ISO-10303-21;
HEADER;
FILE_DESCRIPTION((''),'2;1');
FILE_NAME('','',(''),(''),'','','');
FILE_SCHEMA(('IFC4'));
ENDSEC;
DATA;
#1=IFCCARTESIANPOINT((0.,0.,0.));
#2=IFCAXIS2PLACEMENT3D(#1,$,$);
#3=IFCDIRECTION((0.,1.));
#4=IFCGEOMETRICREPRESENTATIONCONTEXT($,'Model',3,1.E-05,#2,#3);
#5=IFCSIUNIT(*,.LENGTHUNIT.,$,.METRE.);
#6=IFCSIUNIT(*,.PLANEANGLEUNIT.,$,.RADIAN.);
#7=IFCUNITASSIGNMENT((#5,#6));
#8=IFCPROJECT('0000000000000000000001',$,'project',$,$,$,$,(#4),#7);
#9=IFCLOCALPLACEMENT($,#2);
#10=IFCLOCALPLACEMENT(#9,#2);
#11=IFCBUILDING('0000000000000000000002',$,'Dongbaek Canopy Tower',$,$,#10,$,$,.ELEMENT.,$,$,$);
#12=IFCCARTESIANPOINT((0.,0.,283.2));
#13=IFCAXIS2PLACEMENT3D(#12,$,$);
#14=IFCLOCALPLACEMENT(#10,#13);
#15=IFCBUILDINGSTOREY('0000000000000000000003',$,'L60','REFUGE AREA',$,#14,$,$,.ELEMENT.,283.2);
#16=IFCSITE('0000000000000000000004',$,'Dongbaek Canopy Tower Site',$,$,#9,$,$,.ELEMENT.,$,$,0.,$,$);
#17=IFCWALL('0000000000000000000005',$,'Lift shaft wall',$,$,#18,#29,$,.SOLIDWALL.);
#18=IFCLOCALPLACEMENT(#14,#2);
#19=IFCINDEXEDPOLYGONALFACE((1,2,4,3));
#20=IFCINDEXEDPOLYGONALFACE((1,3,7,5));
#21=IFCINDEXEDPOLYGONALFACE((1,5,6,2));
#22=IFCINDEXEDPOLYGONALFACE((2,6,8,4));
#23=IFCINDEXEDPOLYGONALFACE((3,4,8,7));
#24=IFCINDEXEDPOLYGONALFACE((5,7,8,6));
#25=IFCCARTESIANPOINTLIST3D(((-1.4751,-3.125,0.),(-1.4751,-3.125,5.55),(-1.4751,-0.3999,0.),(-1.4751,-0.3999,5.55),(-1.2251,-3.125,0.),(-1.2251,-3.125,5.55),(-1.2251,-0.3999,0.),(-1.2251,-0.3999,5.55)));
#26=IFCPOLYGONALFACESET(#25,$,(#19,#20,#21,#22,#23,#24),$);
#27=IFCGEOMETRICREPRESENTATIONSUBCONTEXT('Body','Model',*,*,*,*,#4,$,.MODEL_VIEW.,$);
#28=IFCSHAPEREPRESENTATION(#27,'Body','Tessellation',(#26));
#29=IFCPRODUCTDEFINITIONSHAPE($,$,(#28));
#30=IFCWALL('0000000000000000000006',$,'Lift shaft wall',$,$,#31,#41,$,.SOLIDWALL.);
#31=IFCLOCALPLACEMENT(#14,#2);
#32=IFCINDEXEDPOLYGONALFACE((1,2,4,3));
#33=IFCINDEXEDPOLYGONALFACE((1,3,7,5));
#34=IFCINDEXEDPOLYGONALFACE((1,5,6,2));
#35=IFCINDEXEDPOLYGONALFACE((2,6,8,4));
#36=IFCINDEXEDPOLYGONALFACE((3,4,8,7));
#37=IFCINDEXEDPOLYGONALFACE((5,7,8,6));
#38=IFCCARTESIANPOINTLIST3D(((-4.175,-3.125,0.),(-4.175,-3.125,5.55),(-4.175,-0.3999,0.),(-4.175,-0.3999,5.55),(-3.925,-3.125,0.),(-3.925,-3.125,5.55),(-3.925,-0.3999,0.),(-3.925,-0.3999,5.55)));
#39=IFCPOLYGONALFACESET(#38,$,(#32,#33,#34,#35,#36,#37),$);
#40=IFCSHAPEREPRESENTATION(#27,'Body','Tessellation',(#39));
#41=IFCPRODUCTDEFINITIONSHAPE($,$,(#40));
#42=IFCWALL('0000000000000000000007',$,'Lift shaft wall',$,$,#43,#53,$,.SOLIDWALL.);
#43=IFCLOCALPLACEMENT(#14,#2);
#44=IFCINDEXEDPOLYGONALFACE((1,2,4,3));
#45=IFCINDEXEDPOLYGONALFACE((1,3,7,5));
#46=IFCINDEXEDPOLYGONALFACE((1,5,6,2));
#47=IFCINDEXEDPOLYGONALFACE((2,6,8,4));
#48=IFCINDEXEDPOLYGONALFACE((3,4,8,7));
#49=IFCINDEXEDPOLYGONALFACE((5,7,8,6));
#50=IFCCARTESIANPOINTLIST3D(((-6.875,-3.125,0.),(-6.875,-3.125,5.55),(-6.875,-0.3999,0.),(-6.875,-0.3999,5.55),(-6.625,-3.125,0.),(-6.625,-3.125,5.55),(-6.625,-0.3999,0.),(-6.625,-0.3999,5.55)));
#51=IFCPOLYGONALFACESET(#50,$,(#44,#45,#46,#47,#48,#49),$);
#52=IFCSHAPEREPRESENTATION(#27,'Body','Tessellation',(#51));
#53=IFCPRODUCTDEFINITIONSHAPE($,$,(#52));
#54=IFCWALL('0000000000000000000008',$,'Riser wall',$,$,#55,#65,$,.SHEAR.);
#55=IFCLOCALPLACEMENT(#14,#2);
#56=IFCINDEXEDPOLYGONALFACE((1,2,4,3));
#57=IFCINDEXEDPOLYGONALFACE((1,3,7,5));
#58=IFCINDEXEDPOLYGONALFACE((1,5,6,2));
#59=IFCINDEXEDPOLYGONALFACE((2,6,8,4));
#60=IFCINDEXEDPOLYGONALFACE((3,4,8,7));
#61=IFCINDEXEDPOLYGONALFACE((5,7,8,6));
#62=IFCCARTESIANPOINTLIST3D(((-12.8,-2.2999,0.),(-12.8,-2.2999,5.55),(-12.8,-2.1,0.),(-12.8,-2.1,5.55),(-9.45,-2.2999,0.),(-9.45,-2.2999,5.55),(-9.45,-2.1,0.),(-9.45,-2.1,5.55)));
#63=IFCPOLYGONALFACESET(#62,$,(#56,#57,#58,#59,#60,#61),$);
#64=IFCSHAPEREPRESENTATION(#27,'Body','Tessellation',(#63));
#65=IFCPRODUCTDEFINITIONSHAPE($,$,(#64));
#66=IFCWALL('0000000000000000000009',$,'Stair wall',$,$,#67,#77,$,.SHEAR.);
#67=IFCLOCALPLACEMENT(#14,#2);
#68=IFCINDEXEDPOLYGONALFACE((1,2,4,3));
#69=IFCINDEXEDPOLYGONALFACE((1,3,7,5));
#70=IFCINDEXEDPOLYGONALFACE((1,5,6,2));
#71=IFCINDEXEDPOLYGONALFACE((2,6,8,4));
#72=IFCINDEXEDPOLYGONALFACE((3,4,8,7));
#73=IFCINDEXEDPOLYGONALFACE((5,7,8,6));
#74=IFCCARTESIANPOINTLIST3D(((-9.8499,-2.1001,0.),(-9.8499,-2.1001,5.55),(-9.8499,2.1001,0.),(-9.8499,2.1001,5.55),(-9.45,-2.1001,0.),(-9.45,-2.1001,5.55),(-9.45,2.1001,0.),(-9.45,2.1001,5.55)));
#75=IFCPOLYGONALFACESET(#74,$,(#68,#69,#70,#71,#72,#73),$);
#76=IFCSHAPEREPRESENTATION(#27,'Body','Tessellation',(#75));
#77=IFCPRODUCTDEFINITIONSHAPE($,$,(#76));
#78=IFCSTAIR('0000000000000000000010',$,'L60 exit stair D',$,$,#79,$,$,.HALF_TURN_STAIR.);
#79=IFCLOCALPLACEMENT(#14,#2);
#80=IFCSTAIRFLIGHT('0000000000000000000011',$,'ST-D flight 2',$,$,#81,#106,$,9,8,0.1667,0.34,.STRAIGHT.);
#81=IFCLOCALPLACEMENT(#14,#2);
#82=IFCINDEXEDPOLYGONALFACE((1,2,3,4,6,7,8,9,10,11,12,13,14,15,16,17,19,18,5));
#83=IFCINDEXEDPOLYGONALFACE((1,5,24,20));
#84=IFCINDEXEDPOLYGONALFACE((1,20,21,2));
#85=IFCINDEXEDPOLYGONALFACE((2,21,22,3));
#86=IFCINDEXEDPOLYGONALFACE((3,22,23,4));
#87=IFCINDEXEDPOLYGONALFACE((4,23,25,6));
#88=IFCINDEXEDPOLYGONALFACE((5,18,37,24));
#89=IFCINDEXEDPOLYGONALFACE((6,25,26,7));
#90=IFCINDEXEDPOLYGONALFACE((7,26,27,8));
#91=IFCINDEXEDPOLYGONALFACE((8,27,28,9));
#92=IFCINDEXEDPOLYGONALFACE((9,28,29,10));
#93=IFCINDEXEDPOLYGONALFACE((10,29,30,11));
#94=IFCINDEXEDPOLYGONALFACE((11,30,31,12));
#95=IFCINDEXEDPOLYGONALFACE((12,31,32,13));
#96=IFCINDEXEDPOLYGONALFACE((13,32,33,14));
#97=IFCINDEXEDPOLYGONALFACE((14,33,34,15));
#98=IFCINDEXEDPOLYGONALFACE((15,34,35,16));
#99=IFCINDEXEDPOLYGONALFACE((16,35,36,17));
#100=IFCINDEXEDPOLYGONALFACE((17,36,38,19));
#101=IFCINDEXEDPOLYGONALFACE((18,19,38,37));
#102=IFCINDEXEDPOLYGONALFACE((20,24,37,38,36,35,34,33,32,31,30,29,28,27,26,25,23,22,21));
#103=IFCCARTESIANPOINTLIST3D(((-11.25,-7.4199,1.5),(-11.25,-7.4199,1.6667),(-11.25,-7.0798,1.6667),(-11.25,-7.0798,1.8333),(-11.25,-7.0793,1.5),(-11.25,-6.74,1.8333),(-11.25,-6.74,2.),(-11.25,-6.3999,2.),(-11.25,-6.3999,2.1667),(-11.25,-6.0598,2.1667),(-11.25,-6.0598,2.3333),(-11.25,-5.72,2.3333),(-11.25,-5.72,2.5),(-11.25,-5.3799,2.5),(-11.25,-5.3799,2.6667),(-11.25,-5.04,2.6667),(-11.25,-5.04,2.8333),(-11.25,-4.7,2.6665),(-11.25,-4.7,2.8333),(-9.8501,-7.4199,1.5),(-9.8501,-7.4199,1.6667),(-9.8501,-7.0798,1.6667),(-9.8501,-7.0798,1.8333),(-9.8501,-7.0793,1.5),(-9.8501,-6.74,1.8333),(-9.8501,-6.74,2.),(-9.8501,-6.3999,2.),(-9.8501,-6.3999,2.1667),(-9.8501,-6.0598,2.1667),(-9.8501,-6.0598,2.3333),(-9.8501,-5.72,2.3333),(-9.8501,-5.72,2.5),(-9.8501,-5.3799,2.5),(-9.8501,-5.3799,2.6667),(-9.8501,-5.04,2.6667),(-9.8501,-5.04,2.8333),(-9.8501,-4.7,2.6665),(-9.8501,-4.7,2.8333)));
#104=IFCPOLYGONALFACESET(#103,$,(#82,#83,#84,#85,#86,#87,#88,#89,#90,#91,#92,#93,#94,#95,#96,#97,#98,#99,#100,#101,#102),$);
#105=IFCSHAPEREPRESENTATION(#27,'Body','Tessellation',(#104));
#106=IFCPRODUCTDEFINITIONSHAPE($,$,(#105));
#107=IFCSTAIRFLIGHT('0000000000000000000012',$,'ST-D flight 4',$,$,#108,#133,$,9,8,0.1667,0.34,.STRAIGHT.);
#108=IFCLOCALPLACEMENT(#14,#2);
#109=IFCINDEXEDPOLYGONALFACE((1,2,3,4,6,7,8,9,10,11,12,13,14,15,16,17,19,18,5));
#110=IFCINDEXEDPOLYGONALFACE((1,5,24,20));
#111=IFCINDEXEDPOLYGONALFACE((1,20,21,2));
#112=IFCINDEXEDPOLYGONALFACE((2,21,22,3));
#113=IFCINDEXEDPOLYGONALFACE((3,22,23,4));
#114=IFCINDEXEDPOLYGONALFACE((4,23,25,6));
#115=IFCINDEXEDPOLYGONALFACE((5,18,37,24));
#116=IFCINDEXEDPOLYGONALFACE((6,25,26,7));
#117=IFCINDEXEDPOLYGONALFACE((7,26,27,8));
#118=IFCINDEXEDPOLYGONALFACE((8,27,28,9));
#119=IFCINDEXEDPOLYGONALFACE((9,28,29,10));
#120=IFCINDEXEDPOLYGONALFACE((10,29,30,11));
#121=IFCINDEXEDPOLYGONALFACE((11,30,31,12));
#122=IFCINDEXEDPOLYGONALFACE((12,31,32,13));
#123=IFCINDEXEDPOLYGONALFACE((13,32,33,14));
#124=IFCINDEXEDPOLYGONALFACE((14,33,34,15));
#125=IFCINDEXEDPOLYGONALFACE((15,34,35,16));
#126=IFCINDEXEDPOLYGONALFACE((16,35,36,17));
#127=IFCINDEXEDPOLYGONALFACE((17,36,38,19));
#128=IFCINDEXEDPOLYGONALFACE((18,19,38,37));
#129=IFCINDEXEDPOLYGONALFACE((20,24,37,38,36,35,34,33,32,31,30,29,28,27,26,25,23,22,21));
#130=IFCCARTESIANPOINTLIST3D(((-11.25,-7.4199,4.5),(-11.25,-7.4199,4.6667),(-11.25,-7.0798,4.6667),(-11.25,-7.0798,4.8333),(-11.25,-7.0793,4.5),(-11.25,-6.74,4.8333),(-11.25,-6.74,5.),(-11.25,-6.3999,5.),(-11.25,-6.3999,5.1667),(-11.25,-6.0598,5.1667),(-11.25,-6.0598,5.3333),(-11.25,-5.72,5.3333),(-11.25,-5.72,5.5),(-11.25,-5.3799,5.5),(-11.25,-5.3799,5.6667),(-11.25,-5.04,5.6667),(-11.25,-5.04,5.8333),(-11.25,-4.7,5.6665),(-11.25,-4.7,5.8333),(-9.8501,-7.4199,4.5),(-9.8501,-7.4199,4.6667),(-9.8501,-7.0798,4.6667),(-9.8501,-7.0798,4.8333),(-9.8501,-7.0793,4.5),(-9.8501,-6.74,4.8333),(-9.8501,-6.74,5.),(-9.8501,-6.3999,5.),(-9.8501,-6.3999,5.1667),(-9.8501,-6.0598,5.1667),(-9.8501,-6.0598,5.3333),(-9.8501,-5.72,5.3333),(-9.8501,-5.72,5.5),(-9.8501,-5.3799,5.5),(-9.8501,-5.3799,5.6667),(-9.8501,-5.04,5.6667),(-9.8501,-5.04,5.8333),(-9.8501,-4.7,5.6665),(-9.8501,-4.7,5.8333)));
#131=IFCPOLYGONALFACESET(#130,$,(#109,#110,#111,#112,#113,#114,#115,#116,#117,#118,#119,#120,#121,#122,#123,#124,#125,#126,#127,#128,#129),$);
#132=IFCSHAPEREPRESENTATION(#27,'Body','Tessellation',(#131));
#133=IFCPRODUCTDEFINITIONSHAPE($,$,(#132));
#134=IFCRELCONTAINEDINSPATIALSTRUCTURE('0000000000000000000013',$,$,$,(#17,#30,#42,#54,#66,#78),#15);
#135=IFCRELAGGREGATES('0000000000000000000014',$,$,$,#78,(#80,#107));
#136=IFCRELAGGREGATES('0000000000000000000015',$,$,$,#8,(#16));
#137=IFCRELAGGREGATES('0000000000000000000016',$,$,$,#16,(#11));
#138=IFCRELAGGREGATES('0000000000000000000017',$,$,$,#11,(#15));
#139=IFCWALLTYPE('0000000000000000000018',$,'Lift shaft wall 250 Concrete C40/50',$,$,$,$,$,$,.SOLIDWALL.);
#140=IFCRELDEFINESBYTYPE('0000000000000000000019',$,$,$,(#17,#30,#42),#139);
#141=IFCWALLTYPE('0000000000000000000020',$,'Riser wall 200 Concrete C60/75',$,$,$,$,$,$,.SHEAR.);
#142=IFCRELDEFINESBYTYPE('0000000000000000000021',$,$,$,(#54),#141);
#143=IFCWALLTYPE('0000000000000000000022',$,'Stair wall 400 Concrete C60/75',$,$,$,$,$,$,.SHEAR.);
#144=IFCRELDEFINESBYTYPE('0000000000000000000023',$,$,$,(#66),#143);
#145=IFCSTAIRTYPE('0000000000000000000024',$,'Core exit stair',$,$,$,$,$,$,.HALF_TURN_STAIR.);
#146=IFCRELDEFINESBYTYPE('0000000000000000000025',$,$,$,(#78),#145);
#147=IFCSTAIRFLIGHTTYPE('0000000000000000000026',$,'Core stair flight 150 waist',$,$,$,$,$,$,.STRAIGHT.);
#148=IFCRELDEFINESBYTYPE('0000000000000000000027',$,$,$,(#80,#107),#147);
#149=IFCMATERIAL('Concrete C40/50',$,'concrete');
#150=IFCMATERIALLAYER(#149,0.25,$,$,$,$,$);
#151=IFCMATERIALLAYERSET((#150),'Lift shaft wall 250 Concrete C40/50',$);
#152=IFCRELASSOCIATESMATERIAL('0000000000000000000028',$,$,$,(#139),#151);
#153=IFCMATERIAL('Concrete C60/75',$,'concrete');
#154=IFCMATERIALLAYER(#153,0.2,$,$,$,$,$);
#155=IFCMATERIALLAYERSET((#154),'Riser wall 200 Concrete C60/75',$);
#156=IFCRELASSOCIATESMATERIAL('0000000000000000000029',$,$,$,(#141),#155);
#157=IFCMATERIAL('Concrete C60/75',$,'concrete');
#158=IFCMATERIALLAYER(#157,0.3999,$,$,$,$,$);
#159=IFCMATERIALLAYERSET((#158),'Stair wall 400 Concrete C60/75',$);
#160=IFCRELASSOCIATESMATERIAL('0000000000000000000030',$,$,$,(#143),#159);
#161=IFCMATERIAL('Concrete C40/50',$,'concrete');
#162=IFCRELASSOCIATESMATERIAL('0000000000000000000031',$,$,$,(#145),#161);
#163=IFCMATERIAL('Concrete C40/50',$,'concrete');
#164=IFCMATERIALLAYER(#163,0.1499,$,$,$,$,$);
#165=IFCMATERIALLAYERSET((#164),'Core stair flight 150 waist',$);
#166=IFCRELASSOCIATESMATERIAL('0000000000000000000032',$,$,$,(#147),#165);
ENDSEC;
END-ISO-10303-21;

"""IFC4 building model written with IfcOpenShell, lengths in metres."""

from ifc_helpers import new_model, si_unit, direction, frame, frame_2d, origin, place, context, subcontext, project, spatial, polyline, rectangle, outline, extrude, material, layer, layer_set, type_object, element, aggregate, save


model = new_model("IFC4")

# Units and contexts
model_context = context("Model", 3, precision=1e-05, world=origin(), true_north=direction((0.0, 1.0)))
body_context = subcontext(model_context, "Body", "Model", "MODEL_VIEW")
ifc_project = project(units=[si_unit("LENGTHUNIT", "METRE"), si_unit("PLANEANGLEUNIT", "RADIAN")], contexts=[model_context])

# Site, building, storey
site_placement = place(None, origin())
site = spatial("IfcSite", under=ifc_project, at=site_placement, Name="Dongbaek Canopy Tower Site", CompositionType="ELEMENT", RefElevation=0.0)
building_placement = place(site_placement, origin())
building = spatial("IfcBuilding", under=site, at=building_placement, Name="Dongbaek Canopy Tower", CompositionType="ELEMENT")
storey_placement = place(building_placement, frame((0.0, 0.0, 283.2)))
storey = spatial("IfcBuildingStorey", under=building, at=storey_placement, Name="L60", Description="REFUGE AREA", CompositionType="ELEMENT", Elevation=283.2)

# Walls
ifc_material_1 = material(Name="Concrete C40/50", Category="concrete")
ifc_layer_1 = layer(ifc_material_1, 0.25)
ifc_layer_set_1 = layer_set([ifc_layer_1], Name="Lift shaft wall 250 Concrete C40/50")
wall_type_1 = type_object("IfcWallType", Name="Lift shaft wall 250 Concrete C40/50", PredefinedType="SOLIDWALL", material=ifc_layer_set_1)
for number, where, z_axis, x_axis, name in (
    (1, (-1.3501, -3.125, 0.0), (0.0, 0.0, 1.0), (0.0, 1.0, 0.0), "Lift shaft wall"),
    (2, (-4.05, -3.125, 0.0), (0.0, 0.0, 1.0), (0.0, 1.0, 0.0), "Lift shaft wall"),
    (3, (-6.75, -3.125, 0.0), (0.0, 0.0, 1.0), (0.0, 1.0, 0.0), "Lift shaft wall"),
):
    element("IfcWall", number, at=place(storey_placement, frame(where, z_axis=z_axis, x_axis=x_axis)), inside=storey, type_object=wall_type_1, Name=name, PredefinedType="SOLIDWALL", context=body_context, shape_type="SweptSolid", body=[
        extrude(rectangle(XDim=2.7251, YDim=0.25, at=frame_2d((1.3625, 0.0))), origin(), (0.0, 0.0, 1.0), 5.55),
    ])
ifc_material_2 = material(Name="Concrete C60/75", Category="concrete")
ifc_layer_2 = layer(ifc_material_2, 0.2)
ifc_layer_set_2 = layer_set([ifc_layer_2], Name="Riser wall 200 Concrete C60/75")
wall_type_2 = type_object("IfcWallType", Name="Riser wall 200 Concrete C60/75", PredefinedType="SHEAR", material=ifc_layer_set_2)
wall_1_placement = place(storey_placement, frame((-9.45, -2.2, 0.0), z_axis=(0.0, 0.0, 1.0), x_axis=(-1.0, 0.0, 0.0)))
element("IfcWall", 4, at=wall_1_placement, inside=storey, type_object=wall_type_2, Name="Riser wall", PredefinedType="SHEAR", context=body_context, shape_type="SweptSolid", body=[
    extrude(rectangle(XDim=3.3501, YDim=0.2, at=frame_2d((1.675, 0.0))), origin(), (0.0, 0.0, 1.0), 5.55),
])
ifc_material_3 = material(Name="Concrete C60/75", Category="concrete")
ifc_layer_3 = layer(ifc_material_3, 0.3999)
ifc_layer_set_3 = layer_set([ifc_layer_3], Name="Stair wall 400 Concrete C60/75")
wall_type_3 = type_object("IfcWallType", Name="Stair wall 400 Concrete C60/75", PredefinedType="SHEAR", material=ifc_layer_set_3)
wall_2_placement = place(storey_placement, frame((-9.6499, -2.1001, 0.0), z_axis=(0.0, 0.0, 1.0), x_axis=(0.0, 1.0, 0.0)))
element("IfcWall", 5, at=wall_2_placement, inside=storey, type_object=wall_type_3, Name="Stair wall", PredefinedType="SHEAR", context=body_context, shape_type="SweptSolid", body=[
    extrude(rectangle(XDim=4.2002, YDim=0.3999, at=frame_2d((2.1001, 0.0))), origin(), (0.0, 0.0, 1.0), 5.55),
])

# Stair, stair flights
ifc_material_4 = material(Name="Concrete C40/50", Category="concrete")
stair_type = type_object("IfcStairType", Name="Core exit stair", PredefinedType="HALF_TURN_STAIR", material=ifc_material_4)
stair_placement = place(storey_placement, origin())
stair = element("IfcStair", 6, at=stair_placement, inside=storey, type_object=stair_type, Name="L60 exit stair D", PredefinedType="HALF_TURN_STAIR")
ifc_material_5 = material(Name="Concrete C40/50", Category="concrete")
ifc_layer_4 = layer(ifc_material_5, 0.1499)
ifc_layer_set_4 = layer_set([ifc_layer_4], Name="Core stair flight 150 waist")
stair_flight_type = type_object("IfcStairFlightType", Name="Core stair flight 150 waist", PredefinedType="STRAIGHT", material=ifc_layer_set_4)
stair_flight_1_placement = place(storey_placement, frame((-10.55, -7.4199, 1.5), z_axis=(0.0, 0.0, 1.0), x_axis=(0.0, 1.0, 0.0)))
stair_flight_1 = element("IfcStairFlight", 7, at=stair_flight_1_placement, type_object=stair_flight_type, Name="ST-D flight 2", NumberOfRisers=9, NumberOfTreads=8, PredefinedType="STRAIGHT", RiserHeight=0.1667, TreadLength=0.34, context=body_context, shape_type="SweptSolid", body=[
    extrude(outline(polyline([(0.0, 0.0), (0.0, 0.1667), (0.3401, 0.1667), (0.3401, 0.3333), (0.6799, 0.3333), (0.6799, 0.5), (1.02, 0.5), (1.02, 0.6667), (1.3601, 0.6667), (1.3601, 0.8333), (1.7, 0.8333), (1.7, 1.0), (2.04, 1.0), (2.04, 1.1667), (2.3799, 1.1667), (2.3799, 1.3333), (2.72, 1.3333), (2.72, 1.5), (2.72, 1.1665), (0.3406, 0.0), (0.0, 0.0)])), frame((0.0, 0.7, 0.0), z_axis=(0.0, -1.0, 0.0), x_axis=(1.0, 0.0, 0.0)), (0.0, 0.0, 1.0), 1.3999),
])
stair_flight_2_placement = place(storey_placement, frame((-10.55, -7.4199, 4.5), z_axis=(0.0, 0.0, 1.0), x_axis=(0.0, 1.0, 0.0)))
stair_flight_2 = element("IfcStairFlight", 8, at=stair_flight_2_placement, type_object=stair_flight_type, Name="ST-D flight 4", NumberOfRisers=9, NumberOfTreads=8, PredefinedType="STRAIGHT", RiserHeight=0.1667, TreadLength=0.34, context=body_context, shape_type="SweptSolid", body=[
    extrude(outline(polyline([(0.0, 0.0), (0.0, 0.1667), (0.3401, 0.1667), (0.3401, 0.3333), (0.6799, 0.3333), (0.6799, 0.5), (1.02, 0.5), (1.02, 0.6667), (1.3601, 0.6667), (1.3601, 0.8333), (1.7, 0.8333), (1.7, 1.0), (2.04, 1.0), (2.04, 1.1667), (2.3799, 1.1667), (2.3799, 1.3333), (2.72, 1.3333), (2.72, 1.5), (2.72, 1.1665), (0.3406, 0.0), (0.0, 0.0)])), frame((0.0, 0.7, 0.0), z_axis=(0.0, -1.0, 0.0), x_axis=(1.0, 0.0, 0.0)), (0.0, 0.0, 1.0), 1.3999),
])
aggregate(stair, [stair_flight_1, stair_flight_2])

save(model, "model.ifc")
